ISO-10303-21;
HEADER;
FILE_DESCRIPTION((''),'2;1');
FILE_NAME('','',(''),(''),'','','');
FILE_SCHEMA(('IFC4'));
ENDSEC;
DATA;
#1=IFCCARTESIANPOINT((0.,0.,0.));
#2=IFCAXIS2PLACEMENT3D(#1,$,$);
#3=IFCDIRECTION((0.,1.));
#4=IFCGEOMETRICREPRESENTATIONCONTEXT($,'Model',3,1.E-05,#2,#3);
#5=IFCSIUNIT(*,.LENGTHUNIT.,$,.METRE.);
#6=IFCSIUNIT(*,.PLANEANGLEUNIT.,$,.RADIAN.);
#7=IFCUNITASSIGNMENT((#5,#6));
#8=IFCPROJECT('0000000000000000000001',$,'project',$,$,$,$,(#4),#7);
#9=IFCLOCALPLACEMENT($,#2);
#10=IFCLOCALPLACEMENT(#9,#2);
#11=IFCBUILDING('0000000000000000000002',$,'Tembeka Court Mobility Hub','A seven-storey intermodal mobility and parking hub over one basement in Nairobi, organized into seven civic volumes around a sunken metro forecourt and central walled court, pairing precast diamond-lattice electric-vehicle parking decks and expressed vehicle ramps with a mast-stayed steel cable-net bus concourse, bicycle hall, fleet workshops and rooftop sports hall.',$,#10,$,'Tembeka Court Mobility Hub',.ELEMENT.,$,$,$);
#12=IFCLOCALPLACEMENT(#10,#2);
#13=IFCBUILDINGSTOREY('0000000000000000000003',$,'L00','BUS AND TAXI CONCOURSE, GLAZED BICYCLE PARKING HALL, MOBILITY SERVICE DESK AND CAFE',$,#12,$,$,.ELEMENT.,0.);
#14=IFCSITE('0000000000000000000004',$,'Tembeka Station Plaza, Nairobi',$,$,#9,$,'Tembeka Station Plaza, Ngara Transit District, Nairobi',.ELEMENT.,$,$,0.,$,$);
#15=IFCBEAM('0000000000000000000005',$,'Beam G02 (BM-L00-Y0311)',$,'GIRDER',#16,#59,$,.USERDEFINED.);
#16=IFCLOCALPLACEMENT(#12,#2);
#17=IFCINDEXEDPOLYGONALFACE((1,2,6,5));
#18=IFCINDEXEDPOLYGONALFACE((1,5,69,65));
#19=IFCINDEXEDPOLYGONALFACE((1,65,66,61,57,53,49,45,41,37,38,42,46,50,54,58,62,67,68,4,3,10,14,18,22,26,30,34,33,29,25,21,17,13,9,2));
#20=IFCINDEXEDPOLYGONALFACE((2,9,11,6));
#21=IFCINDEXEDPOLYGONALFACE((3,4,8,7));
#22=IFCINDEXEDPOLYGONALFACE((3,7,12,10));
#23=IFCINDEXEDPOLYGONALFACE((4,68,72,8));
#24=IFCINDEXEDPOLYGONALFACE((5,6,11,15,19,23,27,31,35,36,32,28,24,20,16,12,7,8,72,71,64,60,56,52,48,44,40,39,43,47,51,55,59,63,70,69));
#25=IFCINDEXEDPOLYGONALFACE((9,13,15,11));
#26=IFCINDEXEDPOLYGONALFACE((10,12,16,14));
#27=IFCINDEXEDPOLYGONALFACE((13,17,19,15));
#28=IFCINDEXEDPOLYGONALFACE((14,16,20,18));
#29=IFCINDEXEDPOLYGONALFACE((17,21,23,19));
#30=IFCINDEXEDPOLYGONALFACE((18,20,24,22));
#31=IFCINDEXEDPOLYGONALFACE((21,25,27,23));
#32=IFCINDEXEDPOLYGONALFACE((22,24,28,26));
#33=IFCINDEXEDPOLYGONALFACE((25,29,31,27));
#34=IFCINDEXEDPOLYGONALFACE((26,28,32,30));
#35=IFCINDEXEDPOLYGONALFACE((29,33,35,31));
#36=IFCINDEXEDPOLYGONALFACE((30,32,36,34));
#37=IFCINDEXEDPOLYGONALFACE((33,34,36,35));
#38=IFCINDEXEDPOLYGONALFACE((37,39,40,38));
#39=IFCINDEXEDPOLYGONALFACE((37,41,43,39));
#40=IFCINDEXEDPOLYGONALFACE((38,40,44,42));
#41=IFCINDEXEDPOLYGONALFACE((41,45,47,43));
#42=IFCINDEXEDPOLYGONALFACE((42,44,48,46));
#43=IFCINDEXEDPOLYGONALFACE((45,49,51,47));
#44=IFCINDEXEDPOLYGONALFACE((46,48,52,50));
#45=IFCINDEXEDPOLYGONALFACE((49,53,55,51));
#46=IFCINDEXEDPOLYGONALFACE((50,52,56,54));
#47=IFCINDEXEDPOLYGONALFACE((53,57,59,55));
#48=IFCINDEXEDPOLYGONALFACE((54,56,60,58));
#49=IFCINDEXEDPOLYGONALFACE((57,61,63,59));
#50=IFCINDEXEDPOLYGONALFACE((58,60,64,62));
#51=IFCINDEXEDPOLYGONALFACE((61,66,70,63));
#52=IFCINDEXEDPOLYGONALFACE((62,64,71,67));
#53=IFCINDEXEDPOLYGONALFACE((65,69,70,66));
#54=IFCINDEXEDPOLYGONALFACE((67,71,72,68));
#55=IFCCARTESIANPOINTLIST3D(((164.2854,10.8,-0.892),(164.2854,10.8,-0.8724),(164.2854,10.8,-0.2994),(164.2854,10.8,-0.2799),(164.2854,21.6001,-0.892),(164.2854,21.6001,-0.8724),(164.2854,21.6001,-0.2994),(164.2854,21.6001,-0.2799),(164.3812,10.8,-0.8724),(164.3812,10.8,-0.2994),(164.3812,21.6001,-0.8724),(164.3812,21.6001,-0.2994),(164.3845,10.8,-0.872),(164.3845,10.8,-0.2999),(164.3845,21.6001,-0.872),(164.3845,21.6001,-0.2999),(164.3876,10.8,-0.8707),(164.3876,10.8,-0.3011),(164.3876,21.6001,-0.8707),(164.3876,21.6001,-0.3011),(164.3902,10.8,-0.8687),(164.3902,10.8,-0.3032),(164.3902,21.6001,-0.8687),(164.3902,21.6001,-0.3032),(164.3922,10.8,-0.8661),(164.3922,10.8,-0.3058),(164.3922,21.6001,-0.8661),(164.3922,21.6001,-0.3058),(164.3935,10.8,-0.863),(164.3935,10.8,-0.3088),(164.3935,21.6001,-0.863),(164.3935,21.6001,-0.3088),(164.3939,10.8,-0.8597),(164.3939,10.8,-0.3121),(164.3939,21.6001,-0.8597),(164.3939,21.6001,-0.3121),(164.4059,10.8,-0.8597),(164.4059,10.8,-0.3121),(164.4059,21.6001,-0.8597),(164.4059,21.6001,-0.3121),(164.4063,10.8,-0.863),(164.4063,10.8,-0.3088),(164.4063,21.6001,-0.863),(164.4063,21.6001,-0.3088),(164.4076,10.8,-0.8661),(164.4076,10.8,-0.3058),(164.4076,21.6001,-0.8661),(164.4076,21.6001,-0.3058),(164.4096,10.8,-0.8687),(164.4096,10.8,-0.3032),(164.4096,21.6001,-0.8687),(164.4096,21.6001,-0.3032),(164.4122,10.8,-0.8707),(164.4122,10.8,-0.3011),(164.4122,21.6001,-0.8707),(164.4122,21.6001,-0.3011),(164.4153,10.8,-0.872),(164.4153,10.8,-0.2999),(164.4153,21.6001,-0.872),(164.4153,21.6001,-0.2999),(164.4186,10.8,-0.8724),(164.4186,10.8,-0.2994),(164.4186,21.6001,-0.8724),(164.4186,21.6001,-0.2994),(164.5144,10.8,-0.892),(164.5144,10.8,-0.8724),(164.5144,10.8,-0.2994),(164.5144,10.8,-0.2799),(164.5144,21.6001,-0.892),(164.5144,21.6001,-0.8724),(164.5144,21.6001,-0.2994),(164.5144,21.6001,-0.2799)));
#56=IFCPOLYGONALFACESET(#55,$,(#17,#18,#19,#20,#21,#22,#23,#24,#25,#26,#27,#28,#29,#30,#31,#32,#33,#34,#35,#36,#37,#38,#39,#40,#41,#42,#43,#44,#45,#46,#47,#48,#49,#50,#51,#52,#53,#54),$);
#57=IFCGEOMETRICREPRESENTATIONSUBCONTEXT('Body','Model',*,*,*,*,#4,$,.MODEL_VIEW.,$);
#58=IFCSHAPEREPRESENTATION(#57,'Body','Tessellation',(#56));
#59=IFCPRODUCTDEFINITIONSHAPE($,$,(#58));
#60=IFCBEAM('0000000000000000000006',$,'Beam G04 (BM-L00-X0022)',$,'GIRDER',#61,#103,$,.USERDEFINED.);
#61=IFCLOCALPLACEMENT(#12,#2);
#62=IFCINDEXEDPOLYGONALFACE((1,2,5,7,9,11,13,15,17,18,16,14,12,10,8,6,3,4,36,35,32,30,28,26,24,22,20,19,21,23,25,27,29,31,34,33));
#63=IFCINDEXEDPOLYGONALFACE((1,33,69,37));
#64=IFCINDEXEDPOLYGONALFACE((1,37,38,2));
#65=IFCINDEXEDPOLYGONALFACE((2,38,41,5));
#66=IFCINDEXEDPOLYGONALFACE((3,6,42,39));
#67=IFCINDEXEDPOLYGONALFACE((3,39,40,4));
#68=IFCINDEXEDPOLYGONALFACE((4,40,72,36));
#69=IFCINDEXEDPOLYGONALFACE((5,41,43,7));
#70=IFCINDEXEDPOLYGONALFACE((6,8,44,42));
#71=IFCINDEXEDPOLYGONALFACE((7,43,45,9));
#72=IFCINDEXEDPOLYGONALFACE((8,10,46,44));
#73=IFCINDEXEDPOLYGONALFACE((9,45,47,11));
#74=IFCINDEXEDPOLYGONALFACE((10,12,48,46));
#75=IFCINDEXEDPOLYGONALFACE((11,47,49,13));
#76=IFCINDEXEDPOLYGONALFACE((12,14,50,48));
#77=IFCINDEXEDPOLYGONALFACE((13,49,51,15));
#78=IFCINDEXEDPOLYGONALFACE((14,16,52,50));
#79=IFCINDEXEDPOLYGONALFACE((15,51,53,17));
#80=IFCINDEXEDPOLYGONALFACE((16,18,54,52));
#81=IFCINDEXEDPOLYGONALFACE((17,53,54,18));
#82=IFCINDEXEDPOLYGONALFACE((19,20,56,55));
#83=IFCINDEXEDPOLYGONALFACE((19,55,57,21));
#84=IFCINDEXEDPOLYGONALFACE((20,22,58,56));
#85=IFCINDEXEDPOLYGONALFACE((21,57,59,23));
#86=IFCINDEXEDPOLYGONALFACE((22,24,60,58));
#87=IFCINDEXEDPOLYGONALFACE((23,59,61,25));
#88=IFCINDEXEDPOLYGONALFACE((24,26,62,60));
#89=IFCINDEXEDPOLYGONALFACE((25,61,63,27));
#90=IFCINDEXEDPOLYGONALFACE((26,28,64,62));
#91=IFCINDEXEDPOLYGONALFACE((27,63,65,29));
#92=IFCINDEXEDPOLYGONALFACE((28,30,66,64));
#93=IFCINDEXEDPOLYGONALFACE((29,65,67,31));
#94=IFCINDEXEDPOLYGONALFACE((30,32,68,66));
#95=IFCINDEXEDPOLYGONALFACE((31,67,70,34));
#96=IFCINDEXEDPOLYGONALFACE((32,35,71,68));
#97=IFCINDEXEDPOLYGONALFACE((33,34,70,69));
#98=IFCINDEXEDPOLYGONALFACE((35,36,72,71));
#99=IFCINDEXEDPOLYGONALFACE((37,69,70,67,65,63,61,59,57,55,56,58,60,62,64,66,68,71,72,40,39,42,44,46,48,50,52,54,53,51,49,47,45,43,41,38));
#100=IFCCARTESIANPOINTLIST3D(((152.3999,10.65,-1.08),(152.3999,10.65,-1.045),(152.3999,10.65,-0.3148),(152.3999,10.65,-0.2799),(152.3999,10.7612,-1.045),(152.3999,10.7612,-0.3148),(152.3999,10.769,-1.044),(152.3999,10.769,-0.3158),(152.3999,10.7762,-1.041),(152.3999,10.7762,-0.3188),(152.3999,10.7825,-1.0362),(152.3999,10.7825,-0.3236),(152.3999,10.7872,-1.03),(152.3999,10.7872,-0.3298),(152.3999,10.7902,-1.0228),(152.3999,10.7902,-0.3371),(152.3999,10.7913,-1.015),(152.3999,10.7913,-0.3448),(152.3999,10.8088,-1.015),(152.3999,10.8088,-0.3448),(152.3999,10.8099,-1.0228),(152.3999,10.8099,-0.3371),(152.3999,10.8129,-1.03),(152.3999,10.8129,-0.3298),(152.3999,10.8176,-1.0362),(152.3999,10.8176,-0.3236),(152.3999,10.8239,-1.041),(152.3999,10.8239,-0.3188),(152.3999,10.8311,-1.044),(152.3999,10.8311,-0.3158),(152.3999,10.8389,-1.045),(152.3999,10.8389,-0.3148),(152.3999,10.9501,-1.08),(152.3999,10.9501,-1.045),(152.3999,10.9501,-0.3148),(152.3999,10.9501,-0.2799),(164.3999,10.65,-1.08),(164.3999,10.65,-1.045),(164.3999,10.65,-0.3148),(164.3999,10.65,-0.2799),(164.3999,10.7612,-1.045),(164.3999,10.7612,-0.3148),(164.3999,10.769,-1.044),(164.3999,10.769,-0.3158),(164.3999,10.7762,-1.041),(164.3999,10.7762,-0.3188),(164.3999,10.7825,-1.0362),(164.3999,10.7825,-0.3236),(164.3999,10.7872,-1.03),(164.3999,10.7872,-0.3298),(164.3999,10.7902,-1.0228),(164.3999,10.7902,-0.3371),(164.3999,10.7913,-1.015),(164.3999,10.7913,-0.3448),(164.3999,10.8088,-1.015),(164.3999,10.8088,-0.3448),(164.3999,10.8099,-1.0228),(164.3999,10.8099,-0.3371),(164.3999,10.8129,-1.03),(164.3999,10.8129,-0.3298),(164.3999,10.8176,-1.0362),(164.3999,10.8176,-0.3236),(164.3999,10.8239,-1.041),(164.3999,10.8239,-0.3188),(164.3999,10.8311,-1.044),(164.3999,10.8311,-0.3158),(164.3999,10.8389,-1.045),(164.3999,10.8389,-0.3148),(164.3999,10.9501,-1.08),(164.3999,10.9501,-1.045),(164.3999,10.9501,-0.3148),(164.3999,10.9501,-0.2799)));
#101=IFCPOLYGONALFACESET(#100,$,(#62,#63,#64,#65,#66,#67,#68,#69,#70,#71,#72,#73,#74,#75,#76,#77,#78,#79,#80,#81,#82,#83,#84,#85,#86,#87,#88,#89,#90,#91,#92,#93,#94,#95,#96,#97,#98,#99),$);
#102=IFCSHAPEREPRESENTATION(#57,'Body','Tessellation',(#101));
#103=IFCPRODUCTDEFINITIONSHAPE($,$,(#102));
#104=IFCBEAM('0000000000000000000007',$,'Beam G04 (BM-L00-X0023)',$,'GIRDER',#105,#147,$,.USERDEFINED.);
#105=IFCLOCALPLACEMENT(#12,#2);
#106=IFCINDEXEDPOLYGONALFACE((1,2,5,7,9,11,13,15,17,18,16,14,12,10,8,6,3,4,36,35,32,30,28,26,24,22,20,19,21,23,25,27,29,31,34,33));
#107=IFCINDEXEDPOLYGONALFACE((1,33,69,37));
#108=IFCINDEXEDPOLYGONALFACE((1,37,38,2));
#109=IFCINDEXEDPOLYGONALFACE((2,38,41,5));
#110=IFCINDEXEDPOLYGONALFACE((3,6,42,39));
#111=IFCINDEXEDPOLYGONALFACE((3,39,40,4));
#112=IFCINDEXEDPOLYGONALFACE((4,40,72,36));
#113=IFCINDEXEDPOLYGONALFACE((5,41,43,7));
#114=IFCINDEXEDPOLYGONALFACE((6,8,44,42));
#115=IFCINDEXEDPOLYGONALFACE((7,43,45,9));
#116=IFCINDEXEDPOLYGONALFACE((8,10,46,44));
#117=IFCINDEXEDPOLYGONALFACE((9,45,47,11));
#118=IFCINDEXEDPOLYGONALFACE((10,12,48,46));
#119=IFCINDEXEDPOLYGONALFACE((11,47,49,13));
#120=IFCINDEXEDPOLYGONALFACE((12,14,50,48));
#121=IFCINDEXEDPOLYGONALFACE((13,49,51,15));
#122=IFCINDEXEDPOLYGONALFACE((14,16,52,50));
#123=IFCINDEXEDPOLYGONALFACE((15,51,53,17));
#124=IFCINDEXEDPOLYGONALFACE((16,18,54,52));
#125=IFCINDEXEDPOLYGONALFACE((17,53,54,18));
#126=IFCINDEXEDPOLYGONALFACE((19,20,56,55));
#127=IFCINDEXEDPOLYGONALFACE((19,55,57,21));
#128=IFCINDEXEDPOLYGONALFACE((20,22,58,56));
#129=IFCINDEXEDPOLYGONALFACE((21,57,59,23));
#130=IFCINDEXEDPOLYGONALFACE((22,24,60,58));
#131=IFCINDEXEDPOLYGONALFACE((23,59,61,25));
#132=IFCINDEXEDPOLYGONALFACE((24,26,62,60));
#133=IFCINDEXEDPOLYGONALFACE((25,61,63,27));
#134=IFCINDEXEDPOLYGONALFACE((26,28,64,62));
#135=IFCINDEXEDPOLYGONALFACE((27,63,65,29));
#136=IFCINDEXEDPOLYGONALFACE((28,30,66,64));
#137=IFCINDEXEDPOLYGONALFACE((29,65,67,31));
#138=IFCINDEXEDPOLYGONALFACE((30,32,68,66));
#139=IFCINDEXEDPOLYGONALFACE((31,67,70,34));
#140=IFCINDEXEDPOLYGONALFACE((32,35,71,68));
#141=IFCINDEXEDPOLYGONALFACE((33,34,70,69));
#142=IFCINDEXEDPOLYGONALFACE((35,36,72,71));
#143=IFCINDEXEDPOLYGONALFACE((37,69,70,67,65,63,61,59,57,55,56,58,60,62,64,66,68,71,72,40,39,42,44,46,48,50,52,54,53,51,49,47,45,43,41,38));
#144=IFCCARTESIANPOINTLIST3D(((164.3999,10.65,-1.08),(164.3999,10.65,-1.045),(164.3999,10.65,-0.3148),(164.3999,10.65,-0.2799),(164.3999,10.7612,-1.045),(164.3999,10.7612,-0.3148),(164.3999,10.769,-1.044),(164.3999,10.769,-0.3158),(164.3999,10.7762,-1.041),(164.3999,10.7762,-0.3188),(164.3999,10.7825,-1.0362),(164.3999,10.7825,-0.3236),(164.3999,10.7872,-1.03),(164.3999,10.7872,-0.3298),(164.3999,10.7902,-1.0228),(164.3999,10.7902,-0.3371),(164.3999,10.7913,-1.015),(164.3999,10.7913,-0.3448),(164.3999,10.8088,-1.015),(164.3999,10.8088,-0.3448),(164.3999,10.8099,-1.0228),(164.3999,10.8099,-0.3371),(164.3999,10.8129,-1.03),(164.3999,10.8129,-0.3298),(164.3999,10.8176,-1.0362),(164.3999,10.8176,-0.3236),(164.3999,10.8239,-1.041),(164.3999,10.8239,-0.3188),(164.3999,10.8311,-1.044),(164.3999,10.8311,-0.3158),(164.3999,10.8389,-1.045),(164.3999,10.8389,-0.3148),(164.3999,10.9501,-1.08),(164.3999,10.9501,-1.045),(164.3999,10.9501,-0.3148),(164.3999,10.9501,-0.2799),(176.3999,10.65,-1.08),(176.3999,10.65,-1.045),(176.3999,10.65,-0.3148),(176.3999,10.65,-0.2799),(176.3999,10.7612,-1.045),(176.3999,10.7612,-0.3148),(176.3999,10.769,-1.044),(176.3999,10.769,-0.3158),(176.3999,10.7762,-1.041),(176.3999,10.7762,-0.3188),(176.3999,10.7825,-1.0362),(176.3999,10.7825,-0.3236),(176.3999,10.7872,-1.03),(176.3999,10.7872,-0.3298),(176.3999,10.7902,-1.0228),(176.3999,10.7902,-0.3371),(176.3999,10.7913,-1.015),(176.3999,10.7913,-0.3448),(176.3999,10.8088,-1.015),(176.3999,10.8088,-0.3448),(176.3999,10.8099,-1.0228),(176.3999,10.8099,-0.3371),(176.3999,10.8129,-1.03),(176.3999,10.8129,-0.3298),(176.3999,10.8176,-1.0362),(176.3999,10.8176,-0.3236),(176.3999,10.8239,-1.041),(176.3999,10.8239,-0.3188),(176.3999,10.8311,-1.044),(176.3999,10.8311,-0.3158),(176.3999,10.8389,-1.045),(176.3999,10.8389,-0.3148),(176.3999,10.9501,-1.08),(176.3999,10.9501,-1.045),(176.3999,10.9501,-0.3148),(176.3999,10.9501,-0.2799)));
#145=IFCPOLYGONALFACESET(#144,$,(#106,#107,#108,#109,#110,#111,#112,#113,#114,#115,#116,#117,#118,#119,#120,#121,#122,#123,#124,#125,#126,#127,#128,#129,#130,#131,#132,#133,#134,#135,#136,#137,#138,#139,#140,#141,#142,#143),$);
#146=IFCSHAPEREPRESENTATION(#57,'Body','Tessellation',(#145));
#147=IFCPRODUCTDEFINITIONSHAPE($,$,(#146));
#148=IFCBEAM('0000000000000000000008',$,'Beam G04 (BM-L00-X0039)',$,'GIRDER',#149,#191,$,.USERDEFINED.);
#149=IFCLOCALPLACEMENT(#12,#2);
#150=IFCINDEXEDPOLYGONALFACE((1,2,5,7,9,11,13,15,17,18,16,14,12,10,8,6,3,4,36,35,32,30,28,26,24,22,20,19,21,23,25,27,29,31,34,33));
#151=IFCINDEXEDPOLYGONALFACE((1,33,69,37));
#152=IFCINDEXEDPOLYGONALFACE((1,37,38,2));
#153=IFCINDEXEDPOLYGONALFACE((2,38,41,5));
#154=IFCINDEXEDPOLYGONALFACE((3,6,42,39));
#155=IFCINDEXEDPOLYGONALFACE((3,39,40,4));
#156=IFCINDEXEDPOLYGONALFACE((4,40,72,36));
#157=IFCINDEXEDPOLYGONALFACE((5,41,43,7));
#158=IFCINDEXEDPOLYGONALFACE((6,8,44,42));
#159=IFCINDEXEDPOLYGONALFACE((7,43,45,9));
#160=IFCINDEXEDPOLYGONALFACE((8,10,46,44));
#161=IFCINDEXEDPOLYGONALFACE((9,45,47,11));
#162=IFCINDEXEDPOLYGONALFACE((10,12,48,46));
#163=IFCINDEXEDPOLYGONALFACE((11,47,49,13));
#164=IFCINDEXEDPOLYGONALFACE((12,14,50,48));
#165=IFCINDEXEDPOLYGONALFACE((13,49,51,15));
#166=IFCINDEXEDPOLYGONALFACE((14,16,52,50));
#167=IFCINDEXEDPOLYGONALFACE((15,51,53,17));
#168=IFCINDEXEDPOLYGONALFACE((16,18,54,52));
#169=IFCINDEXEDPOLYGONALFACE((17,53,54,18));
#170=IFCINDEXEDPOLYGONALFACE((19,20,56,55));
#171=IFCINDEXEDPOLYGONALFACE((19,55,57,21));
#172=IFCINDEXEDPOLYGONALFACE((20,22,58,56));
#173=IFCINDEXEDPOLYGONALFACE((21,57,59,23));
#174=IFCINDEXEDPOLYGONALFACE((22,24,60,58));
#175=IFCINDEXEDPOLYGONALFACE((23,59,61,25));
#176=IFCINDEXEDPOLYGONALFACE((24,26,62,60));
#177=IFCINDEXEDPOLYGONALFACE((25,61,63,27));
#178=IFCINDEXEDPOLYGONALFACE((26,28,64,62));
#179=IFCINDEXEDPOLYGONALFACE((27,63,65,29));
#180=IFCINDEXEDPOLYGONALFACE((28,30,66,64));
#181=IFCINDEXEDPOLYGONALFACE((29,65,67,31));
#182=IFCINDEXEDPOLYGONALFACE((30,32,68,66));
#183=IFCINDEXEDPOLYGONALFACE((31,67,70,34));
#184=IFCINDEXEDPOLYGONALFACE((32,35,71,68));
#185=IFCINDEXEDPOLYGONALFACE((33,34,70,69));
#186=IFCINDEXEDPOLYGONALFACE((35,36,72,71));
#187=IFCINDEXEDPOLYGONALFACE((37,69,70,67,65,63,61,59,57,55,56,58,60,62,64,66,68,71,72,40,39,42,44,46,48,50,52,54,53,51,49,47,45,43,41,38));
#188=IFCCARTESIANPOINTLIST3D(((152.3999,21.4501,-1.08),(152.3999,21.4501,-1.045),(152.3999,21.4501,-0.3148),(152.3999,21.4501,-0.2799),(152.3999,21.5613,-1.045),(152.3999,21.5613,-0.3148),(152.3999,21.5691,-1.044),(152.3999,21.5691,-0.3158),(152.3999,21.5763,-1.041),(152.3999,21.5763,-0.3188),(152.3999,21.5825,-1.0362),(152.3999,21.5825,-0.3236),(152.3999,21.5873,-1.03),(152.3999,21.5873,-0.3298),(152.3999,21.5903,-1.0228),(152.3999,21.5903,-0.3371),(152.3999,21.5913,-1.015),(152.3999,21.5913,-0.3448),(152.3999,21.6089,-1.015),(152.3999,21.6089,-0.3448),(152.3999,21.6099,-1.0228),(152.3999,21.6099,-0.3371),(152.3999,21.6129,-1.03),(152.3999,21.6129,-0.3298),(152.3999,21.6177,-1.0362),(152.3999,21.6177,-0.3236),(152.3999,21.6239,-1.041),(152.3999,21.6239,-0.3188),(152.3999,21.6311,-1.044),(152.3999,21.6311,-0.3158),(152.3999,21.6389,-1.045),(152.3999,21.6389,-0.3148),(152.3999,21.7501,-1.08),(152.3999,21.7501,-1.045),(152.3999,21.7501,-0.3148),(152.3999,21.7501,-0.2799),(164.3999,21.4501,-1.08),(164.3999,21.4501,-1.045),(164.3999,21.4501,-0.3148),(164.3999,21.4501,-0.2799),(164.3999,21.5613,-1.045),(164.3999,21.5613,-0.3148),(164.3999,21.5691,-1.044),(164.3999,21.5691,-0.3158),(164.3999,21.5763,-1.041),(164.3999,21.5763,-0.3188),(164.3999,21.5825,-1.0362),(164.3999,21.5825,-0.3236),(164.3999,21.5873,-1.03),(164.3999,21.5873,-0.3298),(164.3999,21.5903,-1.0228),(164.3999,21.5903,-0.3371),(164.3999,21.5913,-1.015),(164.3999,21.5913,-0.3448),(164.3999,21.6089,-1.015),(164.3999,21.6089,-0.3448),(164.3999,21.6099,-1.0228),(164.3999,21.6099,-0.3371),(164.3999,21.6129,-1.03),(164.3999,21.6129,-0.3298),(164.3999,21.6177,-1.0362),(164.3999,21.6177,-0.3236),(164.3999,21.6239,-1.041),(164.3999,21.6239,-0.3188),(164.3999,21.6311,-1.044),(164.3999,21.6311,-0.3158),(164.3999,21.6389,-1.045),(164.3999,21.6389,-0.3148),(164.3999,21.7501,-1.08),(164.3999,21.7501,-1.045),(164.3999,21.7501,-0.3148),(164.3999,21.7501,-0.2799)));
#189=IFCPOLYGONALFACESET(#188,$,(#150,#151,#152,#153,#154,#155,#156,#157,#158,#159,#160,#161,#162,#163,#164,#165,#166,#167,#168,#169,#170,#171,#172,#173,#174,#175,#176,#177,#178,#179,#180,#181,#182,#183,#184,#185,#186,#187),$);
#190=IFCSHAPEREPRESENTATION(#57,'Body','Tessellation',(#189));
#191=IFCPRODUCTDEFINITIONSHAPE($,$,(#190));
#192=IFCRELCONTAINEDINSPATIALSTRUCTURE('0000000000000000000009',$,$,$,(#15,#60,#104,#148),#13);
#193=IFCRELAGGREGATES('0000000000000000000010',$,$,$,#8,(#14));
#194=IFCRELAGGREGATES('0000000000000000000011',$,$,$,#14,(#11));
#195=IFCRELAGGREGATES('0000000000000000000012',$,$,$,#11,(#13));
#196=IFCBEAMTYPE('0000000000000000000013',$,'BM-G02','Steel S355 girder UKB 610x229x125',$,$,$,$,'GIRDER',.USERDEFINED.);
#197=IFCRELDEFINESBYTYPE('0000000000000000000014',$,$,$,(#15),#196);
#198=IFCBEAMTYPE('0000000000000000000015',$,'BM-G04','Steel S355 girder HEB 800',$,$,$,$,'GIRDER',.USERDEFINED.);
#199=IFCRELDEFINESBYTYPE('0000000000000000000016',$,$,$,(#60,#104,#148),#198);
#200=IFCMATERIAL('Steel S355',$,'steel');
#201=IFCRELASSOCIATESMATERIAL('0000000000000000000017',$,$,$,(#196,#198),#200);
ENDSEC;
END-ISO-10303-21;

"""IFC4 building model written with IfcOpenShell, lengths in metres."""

from ifc_helpers import new_model, si_unit, direction, frame, origin, origin_2d, place, context, subcontext, project, spatial, i_section, extrude, material, material_profile, profile_set, type_object, element, save


model = new_model("IFC4")

# Units and contexts
model_context = context("Model", 3, precision=1e-05, world=origin(), true_north=direction((0.0, 1.0)))
body_context = subcontext(model_context, "Body", "Model", "MODEL_VIEW")
ifc_project = project(units=[si_unit("LENGTHUNIT", "METRE"), si_unit("PLANEANGLEUNIT", "RADIAN")], contexts=[model_context])

# Site, building, storey
site_placement = place(None, origin())
site = spatial("IfcSite", under=ifc_project, at=site_placement, Name="Tembeka Station Plaza, Nairobi", LongName="Tembeka Station Plaza, Ngara Transit District, Nairobi", CompositionType="ELEMENT", RefElevation=0.0)
building_placement = place(site_placement, origin())
building = spatial("IfcBuilding", under=site, at=building_placement, Name="Tembeka Court Mobility Hub", Description="A seven-storey intermodal mobility and parking hub over one basement in Nairobi, organized into seven civic volumes around a sunken metro forecourt and central walled court, pairing precast diamond-lattice electric-vehicle parking decks and expressed vehicle ramps with a mast-stayed steel cable-net bus concourse, bicycle hall, fleet workshops and rooftop sports hall.", LongName="Tembeka Court Mobility Hub", CompositionType="ELEMENT")
storey_placement = place(building_placement, origin())
storey = spatial("IfcBuildingStorey", under=building, at=storey_placement, Name="L00", Description="BUS AND TAXI CONCOURSE, GLAZED BICYCLE PARKING HALL, MOBILITY SERVICE DESK AND CAFE", CompositionType="ELEMENT", Elevation=0.0)

# Shared definitions
ifc_material_1 = material(Name="Steel S355", Category="steel")

# Beams
ifc_material_profile_1 = material_profile(ifc_material_1, i_section(OverallWidth=0.229, OverallDepth=0.6121, WebThickness=0.012, FlangeThickness=0.0195, FilletRadius=0.0127, at=origin_2d()), Name="UKB 610x229x125")
ifc_profile_set_1 = profile_set([ifc_material_profile_1], Name="Steel S355")
beam_type_1 = type_object("IfcBeamType", Name="BM-G02", Description="Steel S355 girder UKB 610x229x125", ElementType="GIRDER", PredefinedType="USERDEFINED", material=ifc_profile_set_1)
for number, where, z_axis, x_axis, name in (
    (1, (164.3999, 10.8, -0.5859), (0.0, 1.0, 0.0), (-1.0, 0.0, 0.0), "Beam G02 (BM-L00-Y0311)"),
):
    element("IfcBeam", number, at=place(storey_placement, frame(where, z_axis=z_axis, x_axis=x_axis)), inside=storey, type_object=beam_type_1, Name=name, ObjectType="GIRDER", PredefinedType="USERDEFINED", context=body_context, shape_type="SweptSolid", body=[
        extrude(i_section(OverallWidth=0.229, OverallDepth=0.6121, WebThickness=0.012, FlangeThickness=0.0195, FilletRadius=0.0127, at=origin_2d()), origin(), (0.0, 0.0, 1.0), 10.8),
    ])
ifc_material_profile_2 = material_profile(ifc_material_1, i_section(OverallWidth=0.3, OverallDepth=0.8, WebThickness=0.0176, FlangeThickness=0.0349, FilletRadius=0.03, at=origin_2d()), Name="HEB 800")
ifc_profile_set_2 = profile_set([ifc_material_profile_2], Name="Steel S355")
beam_type_2 = type_object("IfcBeamType", Name="BM-G04", Description="Steel S355 girder HEB 800", ElementType="GIRDER", PredefinedType="USERDEFINED", material=ifc_profile_set_2)
for number, where, z_axis, x_axis, name in (
    (2, (152.3999, 10.8, -0.6799), (1.0, 0.0, 0.0), (0.0, 1.0, 0.0), "Beam G04 (BM-L00-X0022)"),
    (3, (164.3999, 10.8, -0.6799), (1.0, 0.0, 0.0), (0.0, 1.0, 0.0), "Beam G04 (BM-L00-X0023)"),
    (4, (152.3999, 21.6001, -0.6799), (1.0, 0.0, 0.0), (0.0, 1.0, 0.0), "Beam G04 (BM-L00-X0039)"),
):
    element("IfcBeam", number, at=place(storey_placement, frame(where, z_axis=z_axis, x_axis=x_axis)), inside=storey, type_object=beam_type_2, Name=name, ObjectType="GIRDER", PredefinedType="USERDEFINED", context=body_context, shape_type="SweptSolid", body=[
        extrude(i_section(OverallWidth=0.3, OverallDepth=0.8, WebThickness=0.0176, FlangeThickness=0.0349, FilletRadius=0.03, at=origin_2d()), origin(), (0.0, 0.0, 1.0), 12.0),
    ])

save(model, "model.ifc")
